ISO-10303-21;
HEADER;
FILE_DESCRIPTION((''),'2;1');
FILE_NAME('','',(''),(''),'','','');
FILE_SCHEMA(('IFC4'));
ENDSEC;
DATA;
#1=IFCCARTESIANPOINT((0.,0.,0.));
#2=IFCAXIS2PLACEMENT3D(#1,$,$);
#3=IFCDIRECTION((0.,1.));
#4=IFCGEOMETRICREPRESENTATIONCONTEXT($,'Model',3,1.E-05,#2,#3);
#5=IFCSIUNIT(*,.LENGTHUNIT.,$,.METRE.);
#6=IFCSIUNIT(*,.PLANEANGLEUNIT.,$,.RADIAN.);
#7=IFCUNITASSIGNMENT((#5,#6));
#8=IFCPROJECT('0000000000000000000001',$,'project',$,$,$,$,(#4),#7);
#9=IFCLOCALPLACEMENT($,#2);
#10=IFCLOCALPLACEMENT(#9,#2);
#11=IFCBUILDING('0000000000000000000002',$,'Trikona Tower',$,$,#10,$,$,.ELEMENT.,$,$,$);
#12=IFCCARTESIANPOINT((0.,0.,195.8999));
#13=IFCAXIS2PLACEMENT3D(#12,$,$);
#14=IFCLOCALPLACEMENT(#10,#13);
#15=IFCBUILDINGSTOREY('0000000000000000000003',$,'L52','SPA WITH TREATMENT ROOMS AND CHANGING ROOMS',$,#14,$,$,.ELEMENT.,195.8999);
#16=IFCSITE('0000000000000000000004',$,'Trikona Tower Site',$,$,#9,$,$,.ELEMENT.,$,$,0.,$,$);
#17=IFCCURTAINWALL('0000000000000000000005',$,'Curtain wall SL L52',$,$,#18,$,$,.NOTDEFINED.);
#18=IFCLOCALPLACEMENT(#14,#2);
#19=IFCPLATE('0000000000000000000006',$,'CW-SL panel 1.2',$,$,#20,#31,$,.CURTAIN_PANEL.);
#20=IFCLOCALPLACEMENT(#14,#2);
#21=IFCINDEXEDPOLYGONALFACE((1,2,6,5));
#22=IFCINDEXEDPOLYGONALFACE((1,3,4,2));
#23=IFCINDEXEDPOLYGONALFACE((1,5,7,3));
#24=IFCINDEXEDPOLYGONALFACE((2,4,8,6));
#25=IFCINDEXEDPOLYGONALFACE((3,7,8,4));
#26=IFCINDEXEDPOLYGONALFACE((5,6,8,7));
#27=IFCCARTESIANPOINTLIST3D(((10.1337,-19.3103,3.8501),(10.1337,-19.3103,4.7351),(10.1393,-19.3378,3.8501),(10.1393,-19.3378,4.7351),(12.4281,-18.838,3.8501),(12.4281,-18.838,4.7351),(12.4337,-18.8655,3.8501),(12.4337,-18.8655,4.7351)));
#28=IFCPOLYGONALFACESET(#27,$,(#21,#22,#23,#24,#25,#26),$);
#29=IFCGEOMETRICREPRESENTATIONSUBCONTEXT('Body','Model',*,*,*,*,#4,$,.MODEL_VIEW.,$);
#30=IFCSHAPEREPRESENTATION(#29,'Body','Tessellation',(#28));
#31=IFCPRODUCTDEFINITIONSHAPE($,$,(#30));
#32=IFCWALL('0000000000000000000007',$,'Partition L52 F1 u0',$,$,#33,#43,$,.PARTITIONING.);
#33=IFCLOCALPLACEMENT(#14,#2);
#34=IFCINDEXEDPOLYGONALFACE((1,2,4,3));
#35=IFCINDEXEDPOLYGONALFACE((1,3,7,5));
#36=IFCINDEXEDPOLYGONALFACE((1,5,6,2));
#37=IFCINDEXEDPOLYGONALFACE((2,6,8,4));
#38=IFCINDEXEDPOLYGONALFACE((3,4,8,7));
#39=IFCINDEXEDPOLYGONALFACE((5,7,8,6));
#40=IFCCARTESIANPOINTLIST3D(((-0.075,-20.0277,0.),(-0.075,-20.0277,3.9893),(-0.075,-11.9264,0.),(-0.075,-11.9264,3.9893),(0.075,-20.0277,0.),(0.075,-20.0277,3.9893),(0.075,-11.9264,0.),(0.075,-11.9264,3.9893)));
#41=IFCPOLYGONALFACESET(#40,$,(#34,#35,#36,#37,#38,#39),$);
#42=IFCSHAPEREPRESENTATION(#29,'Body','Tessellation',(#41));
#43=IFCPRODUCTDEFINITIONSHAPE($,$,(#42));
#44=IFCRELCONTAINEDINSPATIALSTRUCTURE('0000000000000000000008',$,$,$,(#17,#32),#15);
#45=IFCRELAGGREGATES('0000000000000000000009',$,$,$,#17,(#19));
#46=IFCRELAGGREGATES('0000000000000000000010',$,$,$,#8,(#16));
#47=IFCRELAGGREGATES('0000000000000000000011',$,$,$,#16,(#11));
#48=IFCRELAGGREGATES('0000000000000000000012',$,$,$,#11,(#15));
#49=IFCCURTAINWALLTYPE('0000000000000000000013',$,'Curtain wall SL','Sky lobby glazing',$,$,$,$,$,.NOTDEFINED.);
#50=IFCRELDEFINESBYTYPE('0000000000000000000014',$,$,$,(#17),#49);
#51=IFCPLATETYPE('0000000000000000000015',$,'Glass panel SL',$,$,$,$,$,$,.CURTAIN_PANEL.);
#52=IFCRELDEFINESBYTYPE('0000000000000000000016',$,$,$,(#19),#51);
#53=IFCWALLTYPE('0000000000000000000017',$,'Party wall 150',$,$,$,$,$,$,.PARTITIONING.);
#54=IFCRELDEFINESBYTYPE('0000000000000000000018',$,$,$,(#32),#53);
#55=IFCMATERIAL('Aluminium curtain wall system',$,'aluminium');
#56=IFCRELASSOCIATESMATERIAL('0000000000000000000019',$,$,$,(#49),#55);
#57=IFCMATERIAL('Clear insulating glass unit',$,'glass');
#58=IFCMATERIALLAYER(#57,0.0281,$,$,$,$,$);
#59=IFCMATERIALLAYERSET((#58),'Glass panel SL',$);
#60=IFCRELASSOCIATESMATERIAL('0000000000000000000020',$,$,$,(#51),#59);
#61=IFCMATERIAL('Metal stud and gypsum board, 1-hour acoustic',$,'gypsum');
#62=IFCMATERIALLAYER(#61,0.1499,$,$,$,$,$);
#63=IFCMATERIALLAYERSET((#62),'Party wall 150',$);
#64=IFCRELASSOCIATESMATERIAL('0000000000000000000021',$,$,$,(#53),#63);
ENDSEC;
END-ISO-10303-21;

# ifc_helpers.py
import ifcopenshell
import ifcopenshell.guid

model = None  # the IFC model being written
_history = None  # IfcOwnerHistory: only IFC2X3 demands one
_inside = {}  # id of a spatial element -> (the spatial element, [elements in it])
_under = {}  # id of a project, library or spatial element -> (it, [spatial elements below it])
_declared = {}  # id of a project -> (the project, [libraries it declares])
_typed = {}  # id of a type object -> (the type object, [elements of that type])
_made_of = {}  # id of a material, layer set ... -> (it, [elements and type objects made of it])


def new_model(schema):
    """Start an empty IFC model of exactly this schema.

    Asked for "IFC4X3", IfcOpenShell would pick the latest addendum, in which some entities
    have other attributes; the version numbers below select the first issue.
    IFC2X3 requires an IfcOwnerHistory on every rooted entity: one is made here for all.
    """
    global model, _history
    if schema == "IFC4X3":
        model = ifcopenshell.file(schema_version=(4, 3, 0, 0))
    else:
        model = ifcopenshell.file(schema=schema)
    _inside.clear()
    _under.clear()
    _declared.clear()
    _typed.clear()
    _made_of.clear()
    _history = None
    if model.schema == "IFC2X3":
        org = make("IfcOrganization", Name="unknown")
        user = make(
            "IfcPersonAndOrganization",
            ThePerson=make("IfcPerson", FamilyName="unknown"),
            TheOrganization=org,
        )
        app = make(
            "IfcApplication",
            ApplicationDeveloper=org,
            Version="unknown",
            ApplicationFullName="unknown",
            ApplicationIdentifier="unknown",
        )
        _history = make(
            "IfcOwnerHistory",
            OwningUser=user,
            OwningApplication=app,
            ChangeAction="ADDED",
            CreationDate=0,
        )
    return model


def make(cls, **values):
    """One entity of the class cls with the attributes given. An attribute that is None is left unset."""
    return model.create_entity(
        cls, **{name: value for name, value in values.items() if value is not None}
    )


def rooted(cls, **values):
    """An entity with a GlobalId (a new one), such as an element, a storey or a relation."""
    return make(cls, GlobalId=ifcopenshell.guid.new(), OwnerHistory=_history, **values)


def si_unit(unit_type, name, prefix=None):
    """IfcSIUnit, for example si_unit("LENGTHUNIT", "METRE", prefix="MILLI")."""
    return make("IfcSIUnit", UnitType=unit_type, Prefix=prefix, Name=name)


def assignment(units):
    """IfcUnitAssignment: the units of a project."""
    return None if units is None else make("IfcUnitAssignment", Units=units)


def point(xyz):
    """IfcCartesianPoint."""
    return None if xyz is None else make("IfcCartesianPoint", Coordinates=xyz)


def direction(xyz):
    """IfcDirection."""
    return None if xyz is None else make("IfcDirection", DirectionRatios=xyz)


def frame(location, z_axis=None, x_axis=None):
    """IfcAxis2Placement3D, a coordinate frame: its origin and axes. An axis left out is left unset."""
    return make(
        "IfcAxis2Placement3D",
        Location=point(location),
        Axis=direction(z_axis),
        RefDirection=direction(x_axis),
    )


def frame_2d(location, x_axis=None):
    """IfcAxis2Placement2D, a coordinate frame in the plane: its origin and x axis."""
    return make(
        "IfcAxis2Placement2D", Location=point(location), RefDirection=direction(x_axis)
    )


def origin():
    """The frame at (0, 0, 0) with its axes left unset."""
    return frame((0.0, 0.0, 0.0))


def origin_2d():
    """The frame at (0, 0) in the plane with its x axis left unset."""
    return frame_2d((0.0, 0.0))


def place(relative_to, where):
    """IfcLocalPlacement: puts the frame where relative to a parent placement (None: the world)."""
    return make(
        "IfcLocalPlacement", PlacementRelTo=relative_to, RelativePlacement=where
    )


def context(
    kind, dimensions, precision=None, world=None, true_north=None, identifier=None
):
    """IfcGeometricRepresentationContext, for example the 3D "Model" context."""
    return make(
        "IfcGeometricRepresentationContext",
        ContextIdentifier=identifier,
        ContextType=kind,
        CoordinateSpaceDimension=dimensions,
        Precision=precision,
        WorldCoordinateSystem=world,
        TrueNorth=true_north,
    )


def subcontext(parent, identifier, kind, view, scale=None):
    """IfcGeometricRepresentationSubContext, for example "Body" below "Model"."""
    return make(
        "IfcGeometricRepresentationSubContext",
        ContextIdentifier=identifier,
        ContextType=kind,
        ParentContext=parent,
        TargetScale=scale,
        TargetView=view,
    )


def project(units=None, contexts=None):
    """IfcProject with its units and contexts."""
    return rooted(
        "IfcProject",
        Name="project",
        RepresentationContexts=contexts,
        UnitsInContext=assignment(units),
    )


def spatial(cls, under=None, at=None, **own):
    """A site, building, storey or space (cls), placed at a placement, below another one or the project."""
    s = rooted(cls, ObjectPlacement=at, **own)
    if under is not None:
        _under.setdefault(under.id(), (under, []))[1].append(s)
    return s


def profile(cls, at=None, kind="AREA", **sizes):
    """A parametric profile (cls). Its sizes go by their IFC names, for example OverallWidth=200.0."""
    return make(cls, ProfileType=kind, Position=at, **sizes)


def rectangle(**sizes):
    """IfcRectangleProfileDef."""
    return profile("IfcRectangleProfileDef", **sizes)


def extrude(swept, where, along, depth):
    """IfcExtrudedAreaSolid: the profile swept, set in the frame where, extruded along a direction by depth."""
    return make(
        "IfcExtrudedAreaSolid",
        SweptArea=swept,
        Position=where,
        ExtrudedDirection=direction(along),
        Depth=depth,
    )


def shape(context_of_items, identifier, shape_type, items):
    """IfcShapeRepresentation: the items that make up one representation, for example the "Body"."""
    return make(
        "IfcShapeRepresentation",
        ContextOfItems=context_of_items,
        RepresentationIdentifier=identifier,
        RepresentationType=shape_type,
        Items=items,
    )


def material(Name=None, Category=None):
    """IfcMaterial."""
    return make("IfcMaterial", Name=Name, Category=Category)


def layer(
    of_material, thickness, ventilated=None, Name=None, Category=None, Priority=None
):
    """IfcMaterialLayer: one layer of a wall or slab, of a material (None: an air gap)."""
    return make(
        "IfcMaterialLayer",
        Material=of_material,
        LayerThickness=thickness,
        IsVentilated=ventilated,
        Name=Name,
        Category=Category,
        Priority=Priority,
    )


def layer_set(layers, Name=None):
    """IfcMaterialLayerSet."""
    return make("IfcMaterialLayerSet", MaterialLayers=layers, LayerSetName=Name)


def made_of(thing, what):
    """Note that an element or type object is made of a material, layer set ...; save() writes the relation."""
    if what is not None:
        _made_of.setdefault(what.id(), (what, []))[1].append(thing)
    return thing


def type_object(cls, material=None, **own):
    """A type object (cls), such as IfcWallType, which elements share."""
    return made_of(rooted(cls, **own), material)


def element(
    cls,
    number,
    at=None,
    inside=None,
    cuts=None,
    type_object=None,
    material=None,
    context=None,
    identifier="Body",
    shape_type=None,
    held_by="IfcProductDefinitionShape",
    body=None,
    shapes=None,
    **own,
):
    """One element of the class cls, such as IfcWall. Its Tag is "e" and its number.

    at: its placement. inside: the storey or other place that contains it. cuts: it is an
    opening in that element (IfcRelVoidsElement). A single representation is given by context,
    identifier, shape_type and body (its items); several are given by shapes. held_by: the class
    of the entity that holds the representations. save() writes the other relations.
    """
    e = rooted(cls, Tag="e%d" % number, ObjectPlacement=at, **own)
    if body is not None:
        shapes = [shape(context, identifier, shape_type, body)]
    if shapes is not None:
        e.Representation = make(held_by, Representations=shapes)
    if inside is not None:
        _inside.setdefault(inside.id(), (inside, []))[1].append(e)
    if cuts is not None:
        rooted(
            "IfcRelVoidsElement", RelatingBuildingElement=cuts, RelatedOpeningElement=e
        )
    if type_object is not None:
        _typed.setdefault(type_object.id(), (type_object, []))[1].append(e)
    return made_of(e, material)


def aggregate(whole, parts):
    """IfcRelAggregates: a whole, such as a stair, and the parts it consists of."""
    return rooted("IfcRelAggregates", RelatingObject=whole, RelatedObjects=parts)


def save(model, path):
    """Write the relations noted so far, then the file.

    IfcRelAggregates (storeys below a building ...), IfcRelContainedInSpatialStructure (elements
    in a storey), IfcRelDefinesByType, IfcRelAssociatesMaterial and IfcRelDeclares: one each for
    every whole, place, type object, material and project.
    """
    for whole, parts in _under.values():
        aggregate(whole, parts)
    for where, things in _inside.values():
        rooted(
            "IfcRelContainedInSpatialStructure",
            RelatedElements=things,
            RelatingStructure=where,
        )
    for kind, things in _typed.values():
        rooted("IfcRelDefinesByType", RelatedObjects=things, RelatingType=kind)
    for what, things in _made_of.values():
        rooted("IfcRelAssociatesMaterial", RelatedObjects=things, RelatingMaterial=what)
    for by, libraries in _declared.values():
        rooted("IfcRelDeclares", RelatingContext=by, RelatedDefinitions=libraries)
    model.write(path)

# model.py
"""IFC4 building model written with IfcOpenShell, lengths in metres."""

from ifc_helpers import new_model, si_unit, direction, frame, frame_2d, origin, origin_2d, place, context, subcontext, project, spatial, rectangle, extrude, material, layer, layer_set, type_object, element, aggregate, save


model = new_model("IFC4")

# Units and contexts
model_context = context("Model", 3, precision=1e-05, world=origin(), true_north=direction((0.0, 1.0)))
body_context = subcontext(model_context, "Body", "Model", "MODEL_VIEW")
ifc_project = project(units=[si_unit("LENGTHUNIT", "METRE"), si_unit("PLANEANGLEUNIT", "RADIAN")], contexts=[model_context])

# Site, building, storey
site_placement = place(None, origin())
site = spatial("IfcSite", under=ifc_project, at=site_placement, Name="Trikona Tower Site", CompositionType="ELEMENT", RefElevation=0.0)
building_placement = place(site_placement, origin())
building = spatial("IfcBuilding", under=site, at=building_placement, Name="Trikona Tower", CompositionType="ELEMENT")
storey_placement = place(building_placement, frame((0.0, 0.0, 195.8999)))
storey = spatial("IfcBuildingStorey", under=building, at=storey_placement, Name="L52", Description="SPA WITH TREATMENT ROOMS AND CHANGING ROOMS", CompositionType="ELEMENT", Elevation=195.8999)

# Curtain wall
ifc_material_1 = material(Name="Aluminium curtain wall system", Category="aluminium")
curtain_wall_type = type_object("IfcCurtainWallType", Name="Curtain wall SL", Description="Sky lobby glazing", PredefinedType="NOTDEFINED", material=ifc_material_1)
curtain_wall_1_placement = place(storey_placement, origin())
curtain_wall_1 = element("IfcCurtainWall", 1, at=curtain_wall_1_placement, inside=storey, type_object=curtain_wall_type, Name="Curtain wall SL L52", PredefinedType="NOTDEFINED")

# Plate
ifc_material_2 = material(Name="Clear insulating glass unit", Category="glass")
ifc_layer_1 = layer(ifc_material_2, 0.0281)
ifc_layer_set_1 = layer_set([ifc_layer_1], Name="Glass panel SL")
plate_type = type_object("IfcPlateType", Name="Glass panel SL", PredefinedType="CURTAIN_PANEL", material=ifc_layer_set_1)
plate_1_placement = place(storey_placement, frame((11.2837, -19.0879, 3.8501), z_axis=(0.0, 0.0, 1.0), x_axis=(0.979458, 0.201649, 0.0)))
plate_1 = element("IfcPlate", 2, at=plate_1_placement, type_object=plate_type, Name="CW-SL panel 1.2", PredefinedType="CURTAIN_PANEL", context=body_context, shape_type="SweptSolid", body=[
    extrude(rectangle(XDim=2.3425, YDim=0.0281, at=origin_2d()), origin(), (0.0, 0.0, 1.0), 0.885),
])
aggregate(curtain_wall_1, [plate_1])

# Wall
ifc_material_3 = material(Name="Metal stud and gypsum board, 1-hour acoustic", Category="gypsum")
ifc_layer_2 = layer(ifc_material_3, 0.1499)
ifc_layer_set_2 = layer_set([ifc_layer_2], Name="Party wall 150")
wall_type = type_object("IfcWallType", Name="Party wall 150", PredefinedType="PARTITIONING", material=ifc_layer_set_2)
wall_placement = place(storey_placement, frame((0.0, -11.9263, 0.0), z_axis=(0.0, 0.0, 1.0), x_axis=(0.0, -1.0, 0.0)))
element("IfcWall", 3, at=wall_placement, inside=storey, type_object=wall_type, Name="Partition L52 F1 u0", PredefinedType="PARTITIONING", context=body_context, shape_type="SweptSolid", body=[
    extrude(rectangle(XDim=8.1013, YDim=0.1499, at=frame_2d((4.0508, 0.0))), origin(), (0.0, 0.0, 1.0), 3.9893),
])

save(model, "model.ifc")
